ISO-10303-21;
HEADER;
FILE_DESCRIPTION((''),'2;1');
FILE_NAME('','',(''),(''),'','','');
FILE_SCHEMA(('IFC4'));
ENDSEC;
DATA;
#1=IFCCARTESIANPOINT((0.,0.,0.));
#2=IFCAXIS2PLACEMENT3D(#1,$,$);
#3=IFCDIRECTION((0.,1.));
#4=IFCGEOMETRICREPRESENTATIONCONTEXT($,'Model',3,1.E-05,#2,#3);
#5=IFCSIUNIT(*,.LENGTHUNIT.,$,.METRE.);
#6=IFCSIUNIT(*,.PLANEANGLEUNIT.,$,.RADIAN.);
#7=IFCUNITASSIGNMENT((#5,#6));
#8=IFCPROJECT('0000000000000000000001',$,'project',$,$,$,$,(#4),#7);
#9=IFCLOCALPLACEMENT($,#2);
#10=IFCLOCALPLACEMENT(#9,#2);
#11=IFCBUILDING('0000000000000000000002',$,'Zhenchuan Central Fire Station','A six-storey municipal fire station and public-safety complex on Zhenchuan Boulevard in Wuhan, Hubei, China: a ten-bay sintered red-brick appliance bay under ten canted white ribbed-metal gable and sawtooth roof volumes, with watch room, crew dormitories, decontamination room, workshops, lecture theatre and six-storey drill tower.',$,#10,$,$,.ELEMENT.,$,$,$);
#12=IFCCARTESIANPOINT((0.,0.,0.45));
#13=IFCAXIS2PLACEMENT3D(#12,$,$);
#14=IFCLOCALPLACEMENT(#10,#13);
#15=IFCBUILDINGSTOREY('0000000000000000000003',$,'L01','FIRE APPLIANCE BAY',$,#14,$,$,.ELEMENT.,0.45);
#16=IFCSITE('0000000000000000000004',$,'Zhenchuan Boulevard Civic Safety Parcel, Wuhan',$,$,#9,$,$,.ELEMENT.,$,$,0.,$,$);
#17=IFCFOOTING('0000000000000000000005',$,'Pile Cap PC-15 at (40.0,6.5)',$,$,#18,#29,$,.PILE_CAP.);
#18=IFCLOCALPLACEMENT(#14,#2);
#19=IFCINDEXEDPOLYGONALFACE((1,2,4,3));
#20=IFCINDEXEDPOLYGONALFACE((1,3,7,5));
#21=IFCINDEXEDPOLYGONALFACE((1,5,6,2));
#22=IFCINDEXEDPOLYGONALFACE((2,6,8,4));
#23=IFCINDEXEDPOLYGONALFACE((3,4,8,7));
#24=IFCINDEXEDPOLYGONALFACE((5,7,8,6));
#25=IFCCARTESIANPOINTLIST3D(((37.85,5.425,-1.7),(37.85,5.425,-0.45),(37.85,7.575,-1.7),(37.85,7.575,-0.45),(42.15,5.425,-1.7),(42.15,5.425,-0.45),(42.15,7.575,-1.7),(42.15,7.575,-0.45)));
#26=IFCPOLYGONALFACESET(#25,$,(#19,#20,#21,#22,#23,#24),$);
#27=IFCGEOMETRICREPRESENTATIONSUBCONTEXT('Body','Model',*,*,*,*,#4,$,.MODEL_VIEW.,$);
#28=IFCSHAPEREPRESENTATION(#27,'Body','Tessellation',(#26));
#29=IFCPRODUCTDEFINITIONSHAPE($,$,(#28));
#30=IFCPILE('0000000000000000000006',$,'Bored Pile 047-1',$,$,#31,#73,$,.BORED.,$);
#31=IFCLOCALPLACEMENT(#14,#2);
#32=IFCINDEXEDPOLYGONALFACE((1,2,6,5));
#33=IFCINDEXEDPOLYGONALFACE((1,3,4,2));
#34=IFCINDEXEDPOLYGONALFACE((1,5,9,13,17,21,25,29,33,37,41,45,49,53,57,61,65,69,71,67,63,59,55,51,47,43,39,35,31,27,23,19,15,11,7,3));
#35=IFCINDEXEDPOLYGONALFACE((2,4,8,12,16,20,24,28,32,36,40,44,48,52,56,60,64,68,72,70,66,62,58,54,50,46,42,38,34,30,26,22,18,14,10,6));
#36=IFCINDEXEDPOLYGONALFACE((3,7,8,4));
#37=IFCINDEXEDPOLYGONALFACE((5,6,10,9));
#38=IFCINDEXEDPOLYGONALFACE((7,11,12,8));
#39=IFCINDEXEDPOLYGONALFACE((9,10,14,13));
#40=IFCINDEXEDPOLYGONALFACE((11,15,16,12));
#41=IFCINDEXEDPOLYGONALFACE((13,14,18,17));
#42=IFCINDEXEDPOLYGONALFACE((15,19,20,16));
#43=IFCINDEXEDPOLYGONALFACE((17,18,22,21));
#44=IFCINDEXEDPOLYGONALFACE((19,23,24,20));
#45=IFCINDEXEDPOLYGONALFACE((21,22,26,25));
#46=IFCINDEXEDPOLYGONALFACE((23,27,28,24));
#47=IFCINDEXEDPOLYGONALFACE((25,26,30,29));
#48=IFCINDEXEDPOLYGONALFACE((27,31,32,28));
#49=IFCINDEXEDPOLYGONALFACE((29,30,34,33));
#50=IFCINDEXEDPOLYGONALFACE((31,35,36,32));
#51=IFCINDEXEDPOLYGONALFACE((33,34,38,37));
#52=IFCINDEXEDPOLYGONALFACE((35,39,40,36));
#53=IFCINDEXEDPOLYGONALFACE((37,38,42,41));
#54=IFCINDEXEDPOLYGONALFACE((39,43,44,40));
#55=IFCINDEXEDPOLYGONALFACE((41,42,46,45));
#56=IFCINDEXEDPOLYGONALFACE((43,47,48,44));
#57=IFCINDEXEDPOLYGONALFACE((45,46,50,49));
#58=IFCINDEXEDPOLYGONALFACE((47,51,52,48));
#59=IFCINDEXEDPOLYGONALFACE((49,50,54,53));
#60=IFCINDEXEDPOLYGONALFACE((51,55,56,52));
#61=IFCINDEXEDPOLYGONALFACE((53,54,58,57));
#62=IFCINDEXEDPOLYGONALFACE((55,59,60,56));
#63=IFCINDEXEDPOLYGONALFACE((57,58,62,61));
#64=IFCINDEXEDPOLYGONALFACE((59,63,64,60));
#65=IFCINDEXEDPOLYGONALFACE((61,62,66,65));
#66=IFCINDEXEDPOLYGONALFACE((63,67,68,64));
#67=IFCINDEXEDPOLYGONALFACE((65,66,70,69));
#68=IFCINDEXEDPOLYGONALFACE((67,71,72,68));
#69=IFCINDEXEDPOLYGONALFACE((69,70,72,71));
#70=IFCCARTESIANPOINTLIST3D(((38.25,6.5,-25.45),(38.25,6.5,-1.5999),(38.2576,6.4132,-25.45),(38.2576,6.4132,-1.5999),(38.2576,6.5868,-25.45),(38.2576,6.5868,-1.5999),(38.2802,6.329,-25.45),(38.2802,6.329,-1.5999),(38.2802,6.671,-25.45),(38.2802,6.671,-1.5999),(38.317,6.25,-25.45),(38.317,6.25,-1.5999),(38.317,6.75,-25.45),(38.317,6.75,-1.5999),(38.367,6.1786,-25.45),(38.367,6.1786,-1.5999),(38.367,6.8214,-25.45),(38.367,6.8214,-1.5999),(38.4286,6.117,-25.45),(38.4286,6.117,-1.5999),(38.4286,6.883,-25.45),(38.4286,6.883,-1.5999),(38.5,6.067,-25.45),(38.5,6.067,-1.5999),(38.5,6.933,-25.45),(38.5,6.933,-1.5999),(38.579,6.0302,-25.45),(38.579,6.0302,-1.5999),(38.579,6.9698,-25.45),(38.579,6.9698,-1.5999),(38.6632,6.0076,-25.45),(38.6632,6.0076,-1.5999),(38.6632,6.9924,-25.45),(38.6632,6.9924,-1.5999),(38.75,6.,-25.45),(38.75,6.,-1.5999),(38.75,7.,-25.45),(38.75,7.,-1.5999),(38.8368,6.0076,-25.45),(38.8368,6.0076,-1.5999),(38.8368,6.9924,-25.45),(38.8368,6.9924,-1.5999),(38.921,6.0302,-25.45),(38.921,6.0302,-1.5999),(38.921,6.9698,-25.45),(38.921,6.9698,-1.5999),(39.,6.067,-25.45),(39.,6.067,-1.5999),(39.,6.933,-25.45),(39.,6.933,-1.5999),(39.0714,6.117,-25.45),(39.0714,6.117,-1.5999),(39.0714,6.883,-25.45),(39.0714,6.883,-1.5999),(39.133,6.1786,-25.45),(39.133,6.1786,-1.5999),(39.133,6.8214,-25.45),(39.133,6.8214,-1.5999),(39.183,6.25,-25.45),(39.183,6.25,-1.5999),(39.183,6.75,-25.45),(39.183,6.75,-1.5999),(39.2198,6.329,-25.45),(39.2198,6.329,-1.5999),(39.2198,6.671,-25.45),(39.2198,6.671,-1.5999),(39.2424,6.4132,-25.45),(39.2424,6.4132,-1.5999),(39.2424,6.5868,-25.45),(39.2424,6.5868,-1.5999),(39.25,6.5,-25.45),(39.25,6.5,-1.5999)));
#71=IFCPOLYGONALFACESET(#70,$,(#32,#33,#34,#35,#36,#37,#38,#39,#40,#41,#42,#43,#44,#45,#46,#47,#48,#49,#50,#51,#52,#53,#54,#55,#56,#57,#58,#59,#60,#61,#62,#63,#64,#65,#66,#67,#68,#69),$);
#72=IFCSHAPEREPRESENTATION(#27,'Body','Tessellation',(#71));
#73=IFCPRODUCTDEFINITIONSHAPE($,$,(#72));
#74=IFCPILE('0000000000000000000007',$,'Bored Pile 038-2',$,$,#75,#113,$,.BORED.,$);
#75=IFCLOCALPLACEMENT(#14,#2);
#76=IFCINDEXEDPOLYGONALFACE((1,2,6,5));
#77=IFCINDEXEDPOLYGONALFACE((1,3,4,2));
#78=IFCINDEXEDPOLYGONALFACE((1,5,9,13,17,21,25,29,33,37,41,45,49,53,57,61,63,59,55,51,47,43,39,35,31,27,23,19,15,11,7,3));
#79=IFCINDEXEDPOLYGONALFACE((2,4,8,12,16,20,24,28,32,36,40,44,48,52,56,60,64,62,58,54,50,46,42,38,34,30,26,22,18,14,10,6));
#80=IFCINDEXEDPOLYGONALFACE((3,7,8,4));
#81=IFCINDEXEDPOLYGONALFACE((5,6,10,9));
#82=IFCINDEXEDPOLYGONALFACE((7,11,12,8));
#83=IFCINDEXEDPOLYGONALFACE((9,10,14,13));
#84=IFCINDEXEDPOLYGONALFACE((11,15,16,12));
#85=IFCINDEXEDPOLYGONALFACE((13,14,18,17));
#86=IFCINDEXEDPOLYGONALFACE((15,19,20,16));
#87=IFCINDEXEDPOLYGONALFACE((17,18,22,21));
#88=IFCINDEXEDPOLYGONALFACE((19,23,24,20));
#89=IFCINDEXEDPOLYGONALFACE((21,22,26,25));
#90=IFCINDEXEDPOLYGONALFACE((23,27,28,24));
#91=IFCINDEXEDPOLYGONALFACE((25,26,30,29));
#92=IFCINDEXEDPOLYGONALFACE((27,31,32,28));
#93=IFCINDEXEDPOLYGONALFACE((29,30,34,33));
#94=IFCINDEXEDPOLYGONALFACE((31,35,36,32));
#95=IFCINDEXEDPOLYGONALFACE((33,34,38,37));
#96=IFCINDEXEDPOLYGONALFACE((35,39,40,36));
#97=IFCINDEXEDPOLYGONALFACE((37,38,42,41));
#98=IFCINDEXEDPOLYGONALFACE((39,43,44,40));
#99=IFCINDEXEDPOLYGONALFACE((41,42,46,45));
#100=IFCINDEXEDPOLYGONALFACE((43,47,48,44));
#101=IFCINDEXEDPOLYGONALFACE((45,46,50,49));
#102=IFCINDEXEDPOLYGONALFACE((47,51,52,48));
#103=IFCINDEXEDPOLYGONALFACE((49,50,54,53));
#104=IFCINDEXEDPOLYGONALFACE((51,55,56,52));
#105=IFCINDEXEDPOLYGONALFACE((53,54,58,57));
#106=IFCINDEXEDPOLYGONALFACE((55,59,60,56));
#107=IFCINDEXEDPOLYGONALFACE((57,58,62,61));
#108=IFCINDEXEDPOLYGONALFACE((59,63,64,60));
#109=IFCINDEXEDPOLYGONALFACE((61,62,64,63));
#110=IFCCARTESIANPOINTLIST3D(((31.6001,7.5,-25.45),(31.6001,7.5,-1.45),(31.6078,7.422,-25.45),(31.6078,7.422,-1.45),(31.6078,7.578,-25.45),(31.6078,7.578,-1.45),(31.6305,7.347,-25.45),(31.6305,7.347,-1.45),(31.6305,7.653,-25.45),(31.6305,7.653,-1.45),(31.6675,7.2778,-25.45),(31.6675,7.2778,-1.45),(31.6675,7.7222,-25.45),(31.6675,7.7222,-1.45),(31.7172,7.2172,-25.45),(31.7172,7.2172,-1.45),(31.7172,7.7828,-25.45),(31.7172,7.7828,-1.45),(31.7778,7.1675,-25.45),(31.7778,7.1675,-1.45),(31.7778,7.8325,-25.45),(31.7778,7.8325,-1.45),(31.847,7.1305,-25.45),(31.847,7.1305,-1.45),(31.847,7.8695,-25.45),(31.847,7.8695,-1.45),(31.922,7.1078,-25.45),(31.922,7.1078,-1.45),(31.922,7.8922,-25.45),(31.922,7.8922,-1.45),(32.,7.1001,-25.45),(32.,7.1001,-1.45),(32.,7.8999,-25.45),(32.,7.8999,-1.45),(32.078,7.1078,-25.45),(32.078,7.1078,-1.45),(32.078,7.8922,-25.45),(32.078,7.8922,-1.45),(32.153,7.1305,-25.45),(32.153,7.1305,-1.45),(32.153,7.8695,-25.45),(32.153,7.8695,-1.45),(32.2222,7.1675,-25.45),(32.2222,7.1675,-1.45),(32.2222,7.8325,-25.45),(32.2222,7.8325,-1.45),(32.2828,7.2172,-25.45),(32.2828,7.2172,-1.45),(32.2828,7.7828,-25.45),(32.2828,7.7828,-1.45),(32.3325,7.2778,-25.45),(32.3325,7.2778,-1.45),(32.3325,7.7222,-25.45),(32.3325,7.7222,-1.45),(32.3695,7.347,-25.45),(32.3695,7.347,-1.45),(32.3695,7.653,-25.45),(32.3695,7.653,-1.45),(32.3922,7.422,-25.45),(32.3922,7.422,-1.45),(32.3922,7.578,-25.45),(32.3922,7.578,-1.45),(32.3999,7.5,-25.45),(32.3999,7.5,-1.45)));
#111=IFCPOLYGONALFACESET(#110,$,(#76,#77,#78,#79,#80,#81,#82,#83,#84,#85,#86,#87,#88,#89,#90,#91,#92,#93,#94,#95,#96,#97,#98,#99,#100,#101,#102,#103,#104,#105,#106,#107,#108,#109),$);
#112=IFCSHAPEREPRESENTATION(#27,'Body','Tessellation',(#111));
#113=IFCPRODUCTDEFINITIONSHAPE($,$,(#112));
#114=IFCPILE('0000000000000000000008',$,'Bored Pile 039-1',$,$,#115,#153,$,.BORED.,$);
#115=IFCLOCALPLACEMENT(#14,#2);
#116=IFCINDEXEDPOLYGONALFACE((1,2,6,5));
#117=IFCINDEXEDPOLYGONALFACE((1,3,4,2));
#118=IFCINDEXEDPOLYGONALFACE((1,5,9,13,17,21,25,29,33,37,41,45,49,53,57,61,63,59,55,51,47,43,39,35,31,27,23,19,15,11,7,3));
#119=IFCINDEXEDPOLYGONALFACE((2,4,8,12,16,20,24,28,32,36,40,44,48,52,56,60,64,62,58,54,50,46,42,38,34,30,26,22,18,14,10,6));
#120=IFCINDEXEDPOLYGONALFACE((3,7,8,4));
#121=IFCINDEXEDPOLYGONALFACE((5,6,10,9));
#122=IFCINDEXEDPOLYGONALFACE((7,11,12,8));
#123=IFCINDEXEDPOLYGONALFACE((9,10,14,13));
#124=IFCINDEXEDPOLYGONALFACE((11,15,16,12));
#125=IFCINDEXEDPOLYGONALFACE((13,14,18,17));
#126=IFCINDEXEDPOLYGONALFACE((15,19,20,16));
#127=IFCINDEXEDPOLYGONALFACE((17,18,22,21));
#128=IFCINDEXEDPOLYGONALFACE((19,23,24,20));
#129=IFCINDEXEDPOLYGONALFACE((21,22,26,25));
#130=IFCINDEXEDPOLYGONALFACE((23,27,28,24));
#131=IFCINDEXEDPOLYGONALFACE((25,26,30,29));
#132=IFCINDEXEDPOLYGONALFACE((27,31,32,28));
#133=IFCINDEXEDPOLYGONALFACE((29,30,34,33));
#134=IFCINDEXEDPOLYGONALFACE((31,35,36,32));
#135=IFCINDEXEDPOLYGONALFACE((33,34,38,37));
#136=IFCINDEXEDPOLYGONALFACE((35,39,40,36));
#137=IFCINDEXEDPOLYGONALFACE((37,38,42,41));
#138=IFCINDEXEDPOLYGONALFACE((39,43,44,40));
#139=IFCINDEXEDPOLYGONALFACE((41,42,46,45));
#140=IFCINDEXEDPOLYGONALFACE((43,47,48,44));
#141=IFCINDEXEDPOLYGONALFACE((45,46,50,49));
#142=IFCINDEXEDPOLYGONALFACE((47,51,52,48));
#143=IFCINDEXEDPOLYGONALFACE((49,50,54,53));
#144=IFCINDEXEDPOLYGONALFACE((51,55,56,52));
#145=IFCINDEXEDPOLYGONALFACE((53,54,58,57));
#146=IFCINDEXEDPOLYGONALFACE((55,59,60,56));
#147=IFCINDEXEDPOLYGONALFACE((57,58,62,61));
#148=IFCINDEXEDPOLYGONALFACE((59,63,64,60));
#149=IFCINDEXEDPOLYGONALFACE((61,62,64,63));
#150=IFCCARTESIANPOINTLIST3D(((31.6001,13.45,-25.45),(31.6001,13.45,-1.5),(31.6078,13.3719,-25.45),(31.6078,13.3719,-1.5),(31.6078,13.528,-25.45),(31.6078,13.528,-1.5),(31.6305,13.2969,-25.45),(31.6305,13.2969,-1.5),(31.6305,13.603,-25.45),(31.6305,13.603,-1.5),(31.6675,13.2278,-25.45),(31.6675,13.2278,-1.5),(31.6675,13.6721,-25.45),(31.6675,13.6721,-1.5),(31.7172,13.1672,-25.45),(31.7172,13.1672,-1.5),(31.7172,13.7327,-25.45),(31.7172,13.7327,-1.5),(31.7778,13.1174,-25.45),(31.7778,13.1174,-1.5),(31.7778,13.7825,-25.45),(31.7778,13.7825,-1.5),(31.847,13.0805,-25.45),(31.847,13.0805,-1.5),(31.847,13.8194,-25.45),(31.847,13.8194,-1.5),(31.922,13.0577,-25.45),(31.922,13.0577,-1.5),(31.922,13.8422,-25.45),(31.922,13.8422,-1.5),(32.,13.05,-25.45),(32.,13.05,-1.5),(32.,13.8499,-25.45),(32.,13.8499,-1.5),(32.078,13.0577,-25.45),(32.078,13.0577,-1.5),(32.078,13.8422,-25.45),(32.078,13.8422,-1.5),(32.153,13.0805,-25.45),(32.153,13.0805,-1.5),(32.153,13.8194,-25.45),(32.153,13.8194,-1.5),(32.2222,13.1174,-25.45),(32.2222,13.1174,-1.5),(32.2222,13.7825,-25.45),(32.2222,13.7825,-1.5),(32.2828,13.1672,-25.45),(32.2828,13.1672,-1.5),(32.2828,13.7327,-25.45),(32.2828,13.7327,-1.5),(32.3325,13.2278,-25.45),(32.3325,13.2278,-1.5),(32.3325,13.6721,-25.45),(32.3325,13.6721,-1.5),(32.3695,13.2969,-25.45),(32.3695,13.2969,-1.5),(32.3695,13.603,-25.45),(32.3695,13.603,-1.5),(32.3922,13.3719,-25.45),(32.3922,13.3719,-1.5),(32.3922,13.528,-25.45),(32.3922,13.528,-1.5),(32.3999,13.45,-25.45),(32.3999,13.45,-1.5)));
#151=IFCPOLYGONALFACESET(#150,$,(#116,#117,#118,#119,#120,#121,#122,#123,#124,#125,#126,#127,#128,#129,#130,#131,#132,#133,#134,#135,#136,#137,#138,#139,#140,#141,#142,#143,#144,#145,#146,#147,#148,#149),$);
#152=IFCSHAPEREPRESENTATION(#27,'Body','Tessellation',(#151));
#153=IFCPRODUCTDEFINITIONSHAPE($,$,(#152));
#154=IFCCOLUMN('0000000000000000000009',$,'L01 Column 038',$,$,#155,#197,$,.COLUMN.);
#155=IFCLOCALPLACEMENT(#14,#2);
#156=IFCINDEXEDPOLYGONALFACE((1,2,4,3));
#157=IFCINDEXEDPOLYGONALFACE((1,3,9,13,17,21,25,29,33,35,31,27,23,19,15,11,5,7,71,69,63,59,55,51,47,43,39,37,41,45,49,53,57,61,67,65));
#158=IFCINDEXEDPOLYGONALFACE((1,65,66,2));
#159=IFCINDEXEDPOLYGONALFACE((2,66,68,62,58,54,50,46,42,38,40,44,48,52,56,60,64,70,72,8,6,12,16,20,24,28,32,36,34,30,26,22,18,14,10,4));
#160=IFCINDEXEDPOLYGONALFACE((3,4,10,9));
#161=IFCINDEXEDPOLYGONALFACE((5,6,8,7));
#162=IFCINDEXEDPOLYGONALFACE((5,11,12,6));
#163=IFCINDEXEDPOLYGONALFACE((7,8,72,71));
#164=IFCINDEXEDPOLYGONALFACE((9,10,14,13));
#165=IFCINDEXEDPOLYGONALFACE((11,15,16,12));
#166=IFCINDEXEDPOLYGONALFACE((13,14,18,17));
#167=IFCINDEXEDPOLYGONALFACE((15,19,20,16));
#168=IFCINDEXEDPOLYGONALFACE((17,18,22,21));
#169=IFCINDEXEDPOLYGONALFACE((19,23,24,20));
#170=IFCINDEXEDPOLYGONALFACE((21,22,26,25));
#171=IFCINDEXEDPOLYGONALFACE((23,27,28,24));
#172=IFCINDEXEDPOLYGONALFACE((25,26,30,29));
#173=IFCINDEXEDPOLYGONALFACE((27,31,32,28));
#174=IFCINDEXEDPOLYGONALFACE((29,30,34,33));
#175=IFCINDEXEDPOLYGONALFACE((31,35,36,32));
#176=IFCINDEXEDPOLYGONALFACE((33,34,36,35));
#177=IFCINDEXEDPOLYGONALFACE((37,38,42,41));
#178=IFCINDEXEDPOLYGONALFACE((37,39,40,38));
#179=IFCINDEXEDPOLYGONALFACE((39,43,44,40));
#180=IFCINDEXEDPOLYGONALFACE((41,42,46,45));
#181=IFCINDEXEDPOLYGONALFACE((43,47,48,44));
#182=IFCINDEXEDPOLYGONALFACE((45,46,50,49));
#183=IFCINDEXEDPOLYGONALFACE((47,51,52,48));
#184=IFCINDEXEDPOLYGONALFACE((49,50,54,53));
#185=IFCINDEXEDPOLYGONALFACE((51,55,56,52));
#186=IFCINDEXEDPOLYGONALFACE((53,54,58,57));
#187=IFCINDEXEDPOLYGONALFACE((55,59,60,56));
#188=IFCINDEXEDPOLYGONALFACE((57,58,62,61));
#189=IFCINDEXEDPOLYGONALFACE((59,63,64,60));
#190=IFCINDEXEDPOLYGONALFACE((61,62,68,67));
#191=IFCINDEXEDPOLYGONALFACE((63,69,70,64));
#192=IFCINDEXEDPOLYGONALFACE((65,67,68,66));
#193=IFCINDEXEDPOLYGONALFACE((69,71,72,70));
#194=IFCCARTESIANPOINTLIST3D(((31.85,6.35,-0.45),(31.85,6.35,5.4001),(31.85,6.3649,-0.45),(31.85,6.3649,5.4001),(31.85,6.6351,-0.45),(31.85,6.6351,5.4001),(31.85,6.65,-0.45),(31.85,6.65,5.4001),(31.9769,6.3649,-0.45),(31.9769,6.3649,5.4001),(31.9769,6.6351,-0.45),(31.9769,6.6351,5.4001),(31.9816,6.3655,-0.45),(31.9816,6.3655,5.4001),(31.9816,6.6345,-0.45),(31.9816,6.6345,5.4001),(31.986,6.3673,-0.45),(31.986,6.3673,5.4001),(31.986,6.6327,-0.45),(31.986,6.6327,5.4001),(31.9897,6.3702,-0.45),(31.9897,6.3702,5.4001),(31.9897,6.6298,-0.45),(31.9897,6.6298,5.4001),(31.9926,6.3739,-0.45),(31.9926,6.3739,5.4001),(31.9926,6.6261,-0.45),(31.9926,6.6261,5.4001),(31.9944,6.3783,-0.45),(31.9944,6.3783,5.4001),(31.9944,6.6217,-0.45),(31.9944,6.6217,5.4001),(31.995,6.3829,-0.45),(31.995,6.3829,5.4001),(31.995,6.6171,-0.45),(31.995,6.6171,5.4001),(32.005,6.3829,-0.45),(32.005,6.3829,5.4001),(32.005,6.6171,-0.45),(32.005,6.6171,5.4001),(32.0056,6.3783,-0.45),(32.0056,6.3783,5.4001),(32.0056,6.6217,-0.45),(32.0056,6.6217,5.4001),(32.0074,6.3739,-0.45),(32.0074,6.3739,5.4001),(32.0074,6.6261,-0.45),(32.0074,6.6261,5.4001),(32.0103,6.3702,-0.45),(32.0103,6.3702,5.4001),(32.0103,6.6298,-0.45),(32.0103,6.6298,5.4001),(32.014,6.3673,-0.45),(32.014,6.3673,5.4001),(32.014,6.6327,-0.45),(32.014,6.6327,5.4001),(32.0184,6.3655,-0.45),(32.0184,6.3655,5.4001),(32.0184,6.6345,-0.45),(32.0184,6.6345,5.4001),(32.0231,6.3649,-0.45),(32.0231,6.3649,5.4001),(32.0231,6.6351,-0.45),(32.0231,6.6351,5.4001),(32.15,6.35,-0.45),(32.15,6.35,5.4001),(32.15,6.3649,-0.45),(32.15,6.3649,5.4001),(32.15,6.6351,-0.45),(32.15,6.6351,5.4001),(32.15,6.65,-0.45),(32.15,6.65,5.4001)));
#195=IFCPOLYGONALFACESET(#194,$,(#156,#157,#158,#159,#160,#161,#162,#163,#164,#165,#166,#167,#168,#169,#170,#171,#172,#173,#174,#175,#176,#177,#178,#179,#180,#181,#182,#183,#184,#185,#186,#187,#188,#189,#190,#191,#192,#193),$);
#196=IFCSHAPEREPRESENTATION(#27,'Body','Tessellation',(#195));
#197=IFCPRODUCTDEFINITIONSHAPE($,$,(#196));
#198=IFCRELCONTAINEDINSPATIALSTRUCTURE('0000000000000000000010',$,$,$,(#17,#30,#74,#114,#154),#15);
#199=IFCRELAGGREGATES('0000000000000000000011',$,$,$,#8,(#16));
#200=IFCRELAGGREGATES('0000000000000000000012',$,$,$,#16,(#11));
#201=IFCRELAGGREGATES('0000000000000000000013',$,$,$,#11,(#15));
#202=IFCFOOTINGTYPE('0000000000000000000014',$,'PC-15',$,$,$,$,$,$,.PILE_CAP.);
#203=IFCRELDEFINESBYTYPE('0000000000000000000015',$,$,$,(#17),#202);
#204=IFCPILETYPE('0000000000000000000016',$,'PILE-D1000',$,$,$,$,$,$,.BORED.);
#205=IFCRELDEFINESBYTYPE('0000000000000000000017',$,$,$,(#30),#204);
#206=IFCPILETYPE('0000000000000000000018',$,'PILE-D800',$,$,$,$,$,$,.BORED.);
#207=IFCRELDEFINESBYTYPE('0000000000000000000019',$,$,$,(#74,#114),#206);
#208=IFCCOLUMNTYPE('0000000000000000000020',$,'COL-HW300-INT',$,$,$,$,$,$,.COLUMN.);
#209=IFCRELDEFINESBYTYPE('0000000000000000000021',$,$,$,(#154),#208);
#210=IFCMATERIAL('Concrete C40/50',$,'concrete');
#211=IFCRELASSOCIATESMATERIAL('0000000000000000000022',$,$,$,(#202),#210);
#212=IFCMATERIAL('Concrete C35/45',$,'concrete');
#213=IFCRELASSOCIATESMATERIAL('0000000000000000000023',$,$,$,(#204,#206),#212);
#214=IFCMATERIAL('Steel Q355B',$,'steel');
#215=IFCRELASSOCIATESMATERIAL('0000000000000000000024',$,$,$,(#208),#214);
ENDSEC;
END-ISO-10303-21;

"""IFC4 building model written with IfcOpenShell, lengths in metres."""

from ifc_helpers import new_model, si_unit, direction, frame, origin, origin_2d, place, context, subcontext, project, spatial, rectangle, circle, i_section, extrude, material, material_profile, profile_set, type_object, element, save


model = new_model("IFC4")

# Units and contexts
model_context = context("Model", 3, precision=1e-05, world=origin(), true_north=direction((0.0, 1.0)))
body_context = subcontext(model_context, "Body", "Model", "MODEL_VIEW")
ifc_project = project(units=[si_unit("LENGTHUNIT", "METRE"), si_unit("PLANEANGLEUNIT", "RADIAN")], contexts=[model_context])

# Site, building, storey
site_placement = place(None, origin())
site = spatial("IfcSite", under=ifc_project, at=site_placement, Name="Zhenchuan Boulevard Civic Safety Parcel, Wuhan", CompositionType="ELEMENT", RefElevation=0.0)
building_placement = place(site_placement, origin())
building = spatial("IfcBuilding", under=site, at=building_placement, Name="Zhenchuan Central Fire Station", Description="A six-storey municipal fire station and public-safety complex on Zhenchuan Boulevard in Wuhan, Hubei, China: a ten-bay sintered red-brick appliance bay under ten canted white ribbed-metal gable and sawtooth roof volumes, with watch room, crew dormitories, decontamination room, workshops, lecture theatre and six-storey drill tower.", CompositionType="ELEMENT")
storey_placement = place(building_placement, frame((0.0, 0.0, 0.45)))
storey = spatial("IfcBuildingStorey", under=building, at=storey_placement, Name="L01", Description="FIRE APPLIANCE BAY", CompositionType="ELEMENT", Elevation=0.45)

# Footing
ifc_material_1 = material(Name="Concrete C40/50", Category="concrete")
footing_type = type_object("IfcFootingType", Name="PC-15", PredefinedType="PILE_CAP", material=ifc_material_1)
footing_placement = place(storey_placement, frame((40.0, 6.5, -1.7), z_axis=(0.0, 0.0, 1.0), x_axis=(1.0, 0.0, 0.0)))
element("IfcFooting", 1, at=footing_placement, inside=storey, type_object=footing_type, Name="Pile Cap PC-15 at (40.0,6.5)", PredefinedType="PILE_CAP", context=body_context, shape_type="SweptSolid", body=[
    extrude(rectangle(XDim=4.3, YDim=2.1499, at=origin_2d()), origin(), (0.0, 0.0, 1.0), 1.25),
])

# Piles
ifc_material_2 = material(Name="Concrete C35/45", Category="concrete")
ifc_material_profile_1 = material_profile(ifc_material_2, circle(Radius=0.5, at=origin_2d()), Name="PILE D1000")
ifc_profile_set_1 = profile_set([ifc_material_profile_1], Name="Concrete C35/45")
pile_type_1 = type_object("IfcPileType", Name="PILE-D1000", PredefinedType="BORED", material=ifc_profile_set_1)
pile_1_placement = place(storey_placement, frame((38.75, 6.5, -1.5999), z_axis=(0.0, 0.0, -1.0), x_axis=(1.0, 0.0, 0.0)))
element("IfcPile", 2, at=pile_1_placement, inside=storey, type_object=pile_type_1, Name="Bored Pile 047-1", PredefinedType="BORED", context=body_context, shape_type="SweptSolid", body=[
    extrude(circle(Radius=0.5, at=origin_2d()), origin(), (0.0, 0.0, 1.0), 23.8501),
])
ifc_material_profile_2 = material_profile(ifc_material_2, circle(Radius=0.3999, at=origin_2d()), Name="PILE D800")
ifc_profile_set_2 = profile_set([ifc_material_profile_2], Name="Concrete C35/45")
pile_type_2 = type_object("IfcPileType", Name="PILE-D800", PredefinedType="BORED", material=ifc_profile_set_2)
pile_2_placement = place(storey_placement, frame((32.0, 7.5, -1.45), z_axis=(0.0, 0.0, -1.0), x_axis=(1.0, 0.0, 0.0)))
element("IfcPile", 3, at=pile_2_placement, inside=storey, type_object=pile_type_2, Name="Bored Pile 038-2", PredefinedType="BORED", context=body_context, shape_type="SweptSolid", body=[
    extrude(circle(Radius=0.3999, at=origin_2d()), origin(), (0.0, 0.0, 1.0), 24.0),
])
pile_3_placement = place(storey_placement, frame((32.0, 13.45, -1.5), z_axis=(0.0, 0.0, -1.0), x_axis=(1.0, 0.0, 0.0)))
element("IfcPile", 4, at=pile_3_placement, inside=storey, type_object=pile_type_2, Name="Bored Pile 039-1", PredefinedType="BORED", context=body_context, shape_type="SweptSolid", body=[
    extrude(circle(Radius=0.3999, at=origin_2d()), origin(), (0.0, 0.0, 1.0), 23.95),
])

# Column
ifc_material_3 = material(Name="Steel Q355B", Category="steel")
ifc_material_profile_3 = material_profile(ifc_material_3, i_section(OverallWidth=0.3, OverallDepth=0.3, WebThickness=0.01, FlangeThickness=0.0149, FilletRadius=0.0181, at=origin_2d()), Name="HW 300x300")
ifc_profile_set_3 = profile_set([ifc_material_profile_3], Name="Steel Q355B")
column_type = type_object("IfcColumnType", Name="COL-HW300-INT", PredefinedType="COLUMN", material=ifc_profile_set_3)
for number, where, z_axis, x_axis, name in (
    (5, (32.0, 6.5, -0.45), (0.0, 0.0, 1.0), (1.0, 0.0, 0.0), "L01 Column 038"),
):
    element("IfcColumn", number, at=place(storey_placement, frame(where, z_axis=z_axis, x_axis=x_axis)), inside=storey, type_object=column_type, Name=name, PredefinedType="COLUMN", context=body_context, shape_type="SweptSolid", body=[
        extrude(i_section(OverallWidth=0.3, OverallDepth=0.3, WebThickness=0.01, FlangeThickness=0.0149, FilletRadius=0.0181, at=origin_2d()), origin(), (0.0, 0.0, 1.0), 5.8501),
    ])

save(model, "model.ifc")
